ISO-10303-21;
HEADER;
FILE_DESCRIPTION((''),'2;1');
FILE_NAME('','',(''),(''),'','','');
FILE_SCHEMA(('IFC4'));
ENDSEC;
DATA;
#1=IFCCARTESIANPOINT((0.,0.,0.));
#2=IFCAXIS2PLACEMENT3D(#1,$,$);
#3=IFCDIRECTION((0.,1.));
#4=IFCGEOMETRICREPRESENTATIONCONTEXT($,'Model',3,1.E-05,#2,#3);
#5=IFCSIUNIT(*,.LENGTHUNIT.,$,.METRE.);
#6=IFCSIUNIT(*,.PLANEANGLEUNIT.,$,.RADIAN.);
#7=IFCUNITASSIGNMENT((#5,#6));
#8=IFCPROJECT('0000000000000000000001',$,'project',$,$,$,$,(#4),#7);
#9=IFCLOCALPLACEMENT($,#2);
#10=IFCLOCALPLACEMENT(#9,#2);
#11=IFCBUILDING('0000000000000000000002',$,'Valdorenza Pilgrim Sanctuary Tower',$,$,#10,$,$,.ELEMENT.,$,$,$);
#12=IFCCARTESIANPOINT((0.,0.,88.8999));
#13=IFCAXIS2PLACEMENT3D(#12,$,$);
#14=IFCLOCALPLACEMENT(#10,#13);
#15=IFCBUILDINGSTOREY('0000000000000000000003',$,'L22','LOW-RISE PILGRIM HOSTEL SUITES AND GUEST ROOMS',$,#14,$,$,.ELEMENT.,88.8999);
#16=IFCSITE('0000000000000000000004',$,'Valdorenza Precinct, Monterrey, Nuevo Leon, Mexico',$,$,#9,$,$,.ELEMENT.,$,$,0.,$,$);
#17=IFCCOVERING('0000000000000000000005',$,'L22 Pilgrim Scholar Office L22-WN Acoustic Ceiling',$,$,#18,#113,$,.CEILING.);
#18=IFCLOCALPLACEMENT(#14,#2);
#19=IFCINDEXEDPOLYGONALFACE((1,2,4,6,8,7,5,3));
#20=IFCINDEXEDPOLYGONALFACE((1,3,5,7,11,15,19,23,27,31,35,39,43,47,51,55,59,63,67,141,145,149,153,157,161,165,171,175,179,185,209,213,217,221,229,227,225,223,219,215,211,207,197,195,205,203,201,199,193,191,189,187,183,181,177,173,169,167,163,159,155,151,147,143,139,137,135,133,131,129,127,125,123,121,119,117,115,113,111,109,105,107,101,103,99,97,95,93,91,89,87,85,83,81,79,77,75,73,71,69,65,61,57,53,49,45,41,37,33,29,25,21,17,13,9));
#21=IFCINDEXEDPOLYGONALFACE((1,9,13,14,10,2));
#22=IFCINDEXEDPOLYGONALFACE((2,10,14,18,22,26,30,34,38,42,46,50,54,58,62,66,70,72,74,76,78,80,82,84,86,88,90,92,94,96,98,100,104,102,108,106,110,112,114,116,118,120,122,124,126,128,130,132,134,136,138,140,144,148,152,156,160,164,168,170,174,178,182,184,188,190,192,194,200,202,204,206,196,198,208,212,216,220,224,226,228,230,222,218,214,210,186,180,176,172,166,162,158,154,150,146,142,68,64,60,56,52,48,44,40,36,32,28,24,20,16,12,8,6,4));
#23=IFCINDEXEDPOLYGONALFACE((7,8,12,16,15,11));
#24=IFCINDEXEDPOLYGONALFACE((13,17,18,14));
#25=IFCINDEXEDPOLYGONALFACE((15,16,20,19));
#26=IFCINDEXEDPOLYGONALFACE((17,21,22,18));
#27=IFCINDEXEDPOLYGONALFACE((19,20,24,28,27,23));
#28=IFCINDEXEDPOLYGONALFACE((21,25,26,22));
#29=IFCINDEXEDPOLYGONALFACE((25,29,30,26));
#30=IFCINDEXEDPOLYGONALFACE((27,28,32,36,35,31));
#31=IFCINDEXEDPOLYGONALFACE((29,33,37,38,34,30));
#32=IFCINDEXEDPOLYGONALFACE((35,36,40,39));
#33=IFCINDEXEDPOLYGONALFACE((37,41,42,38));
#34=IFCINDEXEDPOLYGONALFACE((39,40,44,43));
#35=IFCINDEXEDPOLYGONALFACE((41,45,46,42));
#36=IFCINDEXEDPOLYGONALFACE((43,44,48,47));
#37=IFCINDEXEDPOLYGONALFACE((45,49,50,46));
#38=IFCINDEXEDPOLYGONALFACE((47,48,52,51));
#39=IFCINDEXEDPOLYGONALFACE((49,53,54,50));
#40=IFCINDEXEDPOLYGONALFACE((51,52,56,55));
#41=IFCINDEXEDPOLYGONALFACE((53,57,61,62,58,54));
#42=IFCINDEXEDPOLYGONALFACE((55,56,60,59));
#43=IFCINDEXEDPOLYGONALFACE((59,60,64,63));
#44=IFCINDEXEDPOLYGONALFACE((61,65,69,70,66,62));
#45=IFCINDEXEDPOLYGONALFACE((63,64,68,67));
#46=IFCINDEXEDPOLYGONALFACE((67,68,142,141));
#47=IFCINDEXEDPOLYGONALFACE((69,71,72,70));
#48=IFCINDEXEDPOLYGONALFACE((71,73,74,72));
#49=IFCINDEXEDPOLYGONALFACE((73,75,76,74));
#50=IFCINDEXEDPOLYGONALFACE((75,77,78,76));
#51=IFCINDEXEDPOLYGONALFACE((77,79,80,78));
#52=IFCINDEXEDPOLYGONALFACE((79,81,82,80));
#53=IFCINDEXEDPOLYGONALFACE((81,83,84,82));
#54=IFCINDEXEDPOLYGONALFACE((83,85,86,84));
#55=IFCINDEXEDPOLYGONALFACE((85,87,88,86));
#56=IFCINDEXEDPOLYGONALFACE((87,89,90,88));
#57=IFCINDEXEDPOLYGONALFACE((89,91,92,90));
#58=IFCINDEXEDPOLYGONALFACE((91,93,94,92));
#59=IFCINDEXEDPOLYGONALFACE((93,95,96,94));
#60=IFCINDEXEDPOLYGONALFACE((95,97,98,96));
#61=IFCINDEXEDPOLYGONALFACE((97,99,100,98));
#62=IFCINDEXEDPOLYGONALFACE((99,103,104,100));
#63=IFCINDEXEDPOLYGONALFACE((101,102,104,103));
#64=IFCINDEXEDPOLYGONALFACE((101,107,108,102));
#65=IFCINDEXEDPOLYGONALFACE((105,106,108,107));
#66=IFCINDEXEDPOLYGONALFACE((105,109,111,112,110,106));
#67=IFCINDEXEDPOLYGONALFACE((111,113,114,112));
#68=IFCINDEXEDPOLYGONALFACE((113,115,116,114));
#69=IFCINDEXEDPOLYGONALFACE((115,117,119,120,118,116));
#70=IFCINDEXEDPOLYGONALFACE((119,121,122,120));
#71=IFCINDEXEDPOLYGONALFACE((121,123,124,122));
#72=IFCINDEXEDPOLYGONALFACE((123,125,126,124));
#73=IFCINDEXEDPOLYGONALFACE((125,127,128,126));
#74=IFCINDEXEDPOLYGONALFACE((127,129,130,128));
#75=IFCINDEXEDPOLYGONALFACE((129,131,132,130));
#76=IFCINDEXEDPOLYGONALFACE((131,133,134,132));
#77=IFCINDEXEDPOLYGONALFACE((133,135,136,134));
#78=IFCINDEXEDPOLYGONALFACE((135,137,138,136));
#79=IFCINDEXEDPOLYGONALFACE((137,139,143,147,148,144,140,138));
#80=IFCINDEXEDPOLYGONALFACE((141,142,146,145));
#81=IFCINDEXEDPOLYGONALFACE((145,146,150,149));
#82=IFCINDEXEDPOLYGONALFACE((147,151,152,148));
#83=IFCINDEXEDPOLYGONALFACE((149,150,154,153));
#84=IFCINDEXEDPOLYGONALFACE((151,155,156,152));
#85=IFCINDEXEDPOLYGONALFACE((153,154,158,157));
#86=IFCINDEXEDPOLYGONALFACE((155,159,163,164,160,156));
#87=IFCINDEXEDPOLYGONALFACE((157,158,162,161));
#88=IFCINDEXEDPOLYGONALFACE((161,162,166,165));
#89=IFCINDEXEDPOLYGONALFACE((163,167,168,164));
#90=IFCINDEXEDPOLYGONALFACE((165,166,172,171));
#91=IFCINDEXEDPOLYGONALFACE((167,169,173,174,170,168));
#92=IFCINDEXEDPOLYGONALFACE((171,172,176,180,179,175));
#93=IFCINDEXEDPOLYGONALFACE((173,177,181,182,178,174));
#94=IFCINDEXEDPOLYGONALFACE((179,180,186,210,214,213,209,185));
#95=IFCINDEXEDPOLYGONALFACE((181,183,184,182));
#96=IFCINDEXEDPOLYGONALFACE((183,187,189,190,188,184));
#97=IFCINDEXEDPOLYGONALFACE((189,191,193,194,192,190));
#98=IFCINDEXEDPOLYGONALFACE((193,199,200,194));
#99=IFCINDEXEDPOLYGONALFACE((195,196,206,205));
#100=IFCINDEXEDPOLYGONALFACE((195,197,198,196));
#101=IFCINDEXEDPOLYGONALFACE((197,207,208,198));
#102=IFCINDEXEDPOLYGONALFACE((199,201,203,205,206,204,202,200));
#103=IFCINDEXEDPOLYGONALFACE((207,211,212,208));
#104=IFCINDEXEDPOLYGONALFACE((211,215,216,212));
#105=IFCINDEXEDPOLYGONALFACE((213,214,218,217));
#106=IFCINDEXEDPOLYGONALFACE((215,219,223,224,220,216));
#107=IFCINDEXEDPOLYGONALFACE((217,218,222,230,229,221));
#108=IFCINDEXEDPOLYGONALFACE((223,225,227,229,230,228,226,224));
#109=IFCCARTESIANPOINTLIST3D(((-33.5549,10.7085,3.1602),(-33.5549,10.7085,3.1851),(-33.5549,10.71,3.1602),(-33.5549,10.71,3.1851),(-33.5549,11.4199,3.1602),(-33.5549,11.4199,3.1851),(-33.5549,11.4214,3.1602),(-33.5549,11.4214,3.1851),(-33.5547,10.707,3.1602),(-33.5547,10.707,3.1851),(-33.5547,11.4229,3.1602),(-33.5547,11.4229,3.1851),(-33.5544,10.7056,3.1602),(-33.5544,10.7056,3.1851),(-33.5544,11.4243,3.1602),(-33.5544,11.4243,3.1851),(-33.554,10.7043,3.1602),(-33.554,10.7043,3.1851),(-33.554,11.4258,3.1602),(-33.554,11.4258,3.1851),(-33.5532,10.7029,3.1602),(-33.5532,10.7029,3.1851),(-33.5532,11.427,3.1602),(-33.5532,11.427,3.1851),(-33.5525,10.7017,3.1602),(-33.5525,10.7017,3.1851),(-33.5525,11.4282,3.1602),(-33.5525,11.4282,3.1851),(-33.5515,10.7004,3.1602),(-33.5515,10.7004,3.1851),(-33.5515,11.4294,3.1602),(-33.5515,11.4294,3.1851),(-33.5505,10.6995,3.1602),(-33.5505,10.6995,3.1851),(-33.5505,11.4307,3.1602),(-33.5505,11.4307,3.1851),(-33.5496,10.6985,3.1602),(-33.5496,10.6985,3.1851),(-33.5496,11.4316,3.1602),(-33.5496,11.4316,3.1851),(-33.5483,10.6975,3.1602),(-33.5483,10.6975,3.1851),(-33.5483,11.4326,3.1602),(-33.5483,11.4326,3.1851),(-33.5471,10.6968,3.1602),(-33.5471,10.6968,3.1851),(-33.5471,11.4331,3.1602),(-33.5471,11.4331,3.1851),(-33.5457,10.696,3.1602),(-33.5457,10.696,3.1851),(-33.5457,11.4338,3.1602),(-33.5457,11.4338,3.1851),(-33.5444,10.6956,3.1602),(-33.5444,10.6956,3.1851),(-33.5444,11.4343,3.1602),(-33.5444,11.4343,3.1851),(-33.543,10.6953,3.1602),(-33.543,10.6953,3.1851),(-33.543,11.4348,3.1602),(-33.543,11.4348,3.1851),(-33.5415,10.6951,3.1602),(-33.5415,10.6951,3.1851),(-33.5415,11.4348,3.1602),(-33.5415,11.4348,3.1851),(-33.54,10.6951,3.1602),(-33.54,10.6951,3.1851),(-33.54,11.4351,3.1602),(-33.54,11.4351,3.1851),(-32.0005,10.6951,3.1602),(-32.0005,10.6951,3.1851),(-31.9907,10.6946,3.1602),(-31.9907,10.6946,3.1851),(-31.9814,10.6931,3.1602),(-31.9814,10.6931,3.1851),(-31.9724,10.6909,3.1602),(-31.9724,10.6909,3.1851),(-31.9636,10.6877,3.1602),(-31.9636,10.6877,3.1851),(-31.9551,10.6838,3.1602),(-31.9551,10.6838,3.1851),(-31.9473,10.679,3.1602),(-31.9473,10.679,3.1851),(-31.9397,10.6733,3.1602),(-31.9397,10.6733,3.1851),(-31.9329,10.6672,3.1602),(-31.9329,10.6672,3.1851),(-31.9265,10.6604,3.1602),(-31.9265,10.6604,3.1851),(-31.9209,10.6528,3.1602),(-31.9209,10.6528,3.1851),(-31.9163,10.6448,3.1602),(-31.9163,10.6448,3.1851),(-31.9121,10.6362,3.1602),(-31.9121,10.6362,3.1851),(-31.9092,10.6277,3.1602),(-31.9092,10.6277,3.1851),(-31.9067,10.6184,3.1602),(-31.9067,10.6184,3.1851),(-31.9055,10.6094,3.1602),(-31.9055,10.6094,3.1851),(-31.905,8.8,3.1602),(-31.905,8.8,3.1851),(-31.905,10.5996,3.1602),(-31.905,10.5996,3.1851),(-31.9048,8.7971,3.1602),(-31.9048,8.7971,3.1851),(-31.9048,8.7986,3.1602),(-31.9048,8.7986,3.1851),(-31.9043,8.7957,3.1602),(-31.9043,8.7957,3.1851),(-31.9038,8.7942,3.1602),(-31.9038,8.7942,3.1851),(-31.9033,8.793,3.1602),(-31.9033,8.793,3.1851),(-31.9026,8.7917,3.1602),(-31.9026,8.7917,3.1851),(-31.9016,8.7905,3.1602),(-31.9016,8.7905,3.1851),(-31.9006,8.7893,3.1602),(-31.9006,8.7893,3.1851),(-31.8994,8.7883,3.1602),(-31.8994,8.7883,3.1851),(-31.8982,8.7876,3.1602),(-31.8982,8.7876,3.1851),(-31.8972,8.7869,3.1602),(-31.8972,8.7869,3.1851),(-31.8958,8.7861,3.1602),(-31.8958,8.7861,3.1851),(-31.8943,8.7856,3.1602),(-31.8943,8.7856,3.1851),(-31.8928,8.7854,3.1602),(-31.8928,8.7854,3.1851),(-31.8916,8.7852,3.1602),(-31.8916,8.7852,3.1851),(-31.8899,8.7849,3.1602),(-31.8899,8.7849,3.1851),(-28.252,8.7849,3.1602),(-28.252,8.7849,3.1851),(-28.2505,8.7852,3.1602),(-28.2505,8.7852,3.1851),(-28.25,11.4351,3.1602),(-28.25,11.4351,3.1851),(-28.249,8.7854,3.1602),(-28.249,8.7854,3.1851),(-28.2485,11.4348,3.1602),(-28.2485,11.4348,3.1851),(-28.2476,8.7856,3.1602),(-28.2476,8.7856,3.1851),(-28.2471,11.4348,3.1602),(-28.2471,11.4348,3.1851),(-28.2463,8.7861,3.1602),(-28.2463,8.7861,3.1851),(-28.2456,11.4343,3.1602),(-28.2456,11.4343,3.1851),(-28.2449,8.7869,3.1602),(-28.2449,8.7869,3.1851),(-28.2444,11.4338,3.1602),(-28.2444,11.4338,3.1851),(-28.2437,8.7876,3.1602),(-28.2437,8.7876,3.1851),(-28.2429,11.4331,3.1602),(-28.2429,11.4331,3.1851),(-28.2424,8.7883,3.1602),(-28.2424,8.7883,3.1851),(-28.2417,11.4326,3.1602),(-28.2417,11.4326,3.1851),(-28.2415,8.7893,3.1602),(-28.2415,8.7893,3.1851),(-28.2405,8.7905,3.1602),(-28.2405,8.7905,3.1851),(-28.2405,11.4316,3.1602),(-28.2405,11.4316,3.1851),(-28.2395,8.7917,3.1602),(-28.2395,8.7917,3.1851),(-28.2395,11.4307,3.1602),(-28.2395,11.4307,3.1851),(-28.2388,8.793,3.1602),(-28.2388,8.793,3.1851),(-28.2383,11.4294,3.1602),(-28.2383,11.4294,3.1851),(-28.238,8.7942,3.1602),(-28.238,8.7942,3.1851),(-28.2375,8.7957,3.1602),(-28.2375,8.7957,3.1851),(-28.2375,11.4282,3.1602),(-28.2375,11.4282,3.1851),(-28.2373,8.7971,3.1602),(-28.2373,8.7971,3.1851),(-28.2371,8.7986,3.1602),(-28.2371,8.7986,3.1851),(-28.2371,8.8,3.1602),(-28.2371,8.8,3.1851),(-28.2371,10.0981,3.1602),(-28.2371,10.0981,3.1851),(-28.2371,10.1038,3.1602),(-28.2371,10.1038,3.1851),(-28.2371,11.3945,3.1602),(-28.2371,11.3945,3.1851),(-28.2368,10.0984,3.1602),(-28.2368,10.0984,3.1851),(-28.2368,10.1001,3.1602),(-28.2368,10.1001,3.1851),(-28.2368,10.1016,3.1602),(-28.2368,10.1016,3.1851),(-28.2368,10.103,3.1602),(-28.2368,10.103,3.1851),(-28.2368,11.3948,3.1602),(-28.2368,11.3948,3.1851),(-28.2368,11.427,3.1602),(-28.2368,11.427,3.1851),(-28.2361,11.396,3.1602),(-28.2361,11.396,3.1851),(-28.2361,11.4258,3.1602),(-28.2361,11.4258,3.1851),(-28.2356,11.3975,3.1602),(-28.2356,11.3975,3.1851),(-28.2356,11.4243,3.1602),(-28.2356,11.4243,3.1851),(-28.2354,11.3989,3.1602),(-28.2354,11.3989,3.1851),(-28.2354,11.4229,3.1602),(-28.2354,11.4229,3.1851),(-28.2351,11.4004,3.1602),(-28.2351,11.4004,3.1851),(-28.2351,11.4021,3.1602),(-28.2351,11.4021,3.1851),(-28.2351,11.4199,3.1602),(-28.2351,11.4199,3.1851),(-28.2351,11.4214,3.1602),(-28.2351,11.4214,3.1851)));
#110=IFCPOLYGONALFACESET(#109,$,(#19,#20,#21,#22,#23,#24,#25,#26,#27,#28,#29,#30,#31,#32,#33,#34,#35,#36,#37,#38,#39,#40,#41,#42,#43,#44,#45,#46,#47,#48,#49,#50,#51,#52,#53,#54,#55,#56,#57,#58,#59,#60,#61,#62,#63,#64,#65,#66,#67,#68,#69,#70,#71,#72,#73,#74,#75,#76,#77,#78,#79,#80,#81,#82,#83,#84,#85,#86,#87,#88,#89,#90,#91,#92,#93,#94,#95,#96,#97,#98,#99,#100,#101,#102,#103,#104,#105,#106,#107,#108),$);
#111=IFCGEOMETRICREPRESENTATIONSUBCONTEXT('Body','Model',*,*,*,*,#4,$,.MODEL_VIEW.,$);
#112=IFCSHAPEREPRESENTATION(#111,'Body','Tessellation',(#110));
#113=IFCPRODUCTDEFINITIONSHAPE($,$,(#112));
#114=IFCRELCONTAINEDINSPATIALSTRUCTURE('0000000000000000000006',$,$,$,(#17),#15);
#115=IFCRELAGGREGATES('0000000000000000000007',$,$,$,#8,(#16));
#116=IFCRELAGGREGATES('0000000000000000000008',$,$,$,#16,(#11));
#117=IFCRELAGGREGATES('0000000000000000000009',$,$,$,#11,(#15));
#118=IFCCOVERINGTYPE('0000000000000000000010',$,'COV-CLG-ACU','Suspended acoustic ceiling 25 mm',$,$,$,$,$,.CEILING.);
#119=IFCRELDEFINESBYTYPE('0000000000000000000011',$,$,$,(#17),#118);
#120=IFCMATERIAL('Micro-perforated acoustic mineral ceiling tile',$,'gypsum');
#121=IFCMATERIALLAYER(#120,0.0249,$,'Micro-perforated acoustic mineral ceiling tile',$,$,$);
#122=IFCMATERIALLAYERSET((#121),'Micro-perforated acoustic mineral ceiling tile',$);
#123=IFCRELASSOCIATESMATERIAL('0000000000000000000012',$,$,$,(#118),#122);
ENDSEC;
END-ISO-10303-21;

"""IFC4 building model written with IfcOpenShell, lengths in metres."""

from ifc_helpers import new_model, si_unit, direction, frame, origin, place, context, subcontext, project, spatial, polyline, outline, extrude, material, layer, layer_set, type_object, element, save


model = new_model("IFC4")

# Units and contexts
model_context = context("Model", 3, precision=1e-05, world=origin(), true_north=direction((0.0, 1.0)))
body_context = subcontext(model_context, "Body", "Model", "MODEL_VIEW")
ifc_project = project(units=[si_unit("LENGTHUNIT", "METRE"), si_unit("PLANEANGLEUNIT", "RADIAN")], contexts=[model_context])

# Site, building, storey
site_placement = place(None, origin())
site = spatial("IfcSite", under=ifc_project, at=site_placement, Name="Valdorenza Precinct, Monterrey, Nuevo Leon, Mexico", CompositionType="ELEMENT", RefElevation=0.0)
building_placement = place(site_placement, origin())
building = spatial("IfcBuilding", under=site, at=building_placement, Name="Valdorenza Pilgrim Sanctuary Tower", CompositionType="ELEMENT")
storey_placement = place(building_placement, frame((0.0, 0.0, 88.8999)))
storey = spatial("IfcBuildingStorey", under=building, at=storey_placement, Name="L22", Description="LOW-RISE PILGRIM HOSTEL SUITES AND GUEST ROOMS", CompositionType="ELEMENT", Elevation=88.8999)

# Covering
ifc_material_1 = material(Name="Micro-perforated acoustic mineral ceiling tile", Category="gypsum")
ifc_layer_1 = layer(ifc_material_1, 0.0249, Name="Micro-perforated acoustic mineral ceiling tile")
ifc_layer_set_1 = layer_set([ifc_layer_1], Name="Micro-perforated acoustic mineral ceiling tile")
covering_type_1 = type_object("IfcCoveringType", Name="COV-CLG-ACU", Description="Suspended acoustic ceiling 25 mm", PredefinedType="CEILING", material=ifc_layer_set_1)
covering_1_placement = place(storey_placement, frame((0.0, 0.0, 3.1602)))
element("IfcCovering", 1, at=covering_1_placement, inside=storey, type_object=covering_type_1, Name="L22 Pilgrim Scholar Office L22-WN Acoustic Ceiling", PredefinedType="CEILING", context=body_context, shape_type="SweptSolid", body=[
    extrude(outline(polyline([(-28.2371, 11.3945), (-28.2371, 10.1038), (-28.2368, 10.103), (-28.2368, 10.1016), (-28.2368, 10.1001), (-28.2368, 10.0984), (-28.2371, 10.0981), (-28.2371, 8.8), (-28.2371, 8.7986), (-28.2373, 8.7971), (-28.2375, 8.7957), (-28.238, 8.7942), (-28.2388, 8.793), (-28.2395, 8.7917), (-28.2405, 8.7905), (-28.2415, 8.7893), (-28.2424, 8.7883), (-28.2437, 8.7876), (-28.2449, 8.7869), (-28.2463, 8.7861), (-28.2476, 8.7856), (-28.249, 8.7854), (-28.2505, 8.7852), (-28.252, 8.7849), (-31.8899, 8.7849), (-31.8916, 8.7852), (-31.8928, 8.7854), (-31.8943, 8.7856), (-31.8958, 8.7861), (-31.8972, 8.7869), (-31.8982, 8.7876), (-31.8994, 8.7883), (-31.9006, 8.7893), (-31.9016, 8.7905), (-31.9026, 8.7917), (-31.9033, 8.793), (-31.9038, 8.7942), (-31.9043, 8.7957), (-31.9048, 8.7971), (-31.9048, 8.7986), (-31.905, 8.8), (-31.905, 10.5996), (-31.9055, 10.6094), (-31.9067, 10.6184), (-31.9092, 10.6277), (-31.9121, 10.6362), (-31.9163, 10.6448), (-31.9209, 10.6528), (-31.9265, 10.6604), (-31.9329, 10.6672), (-31.9397, 10.6733), (-31.9473, 10.679), (-31.9551, 10.6838), (-31.9636, 10.6877), (-31.9724, 10.6909), (-31.9814, 10.6931), (-31.9907, 10.6946), (-32.0005, 10.6951), (-33.54, 10.6951), (-33.5415, 10.6951), (-33.543, 10.6953), (-33.5444, 10.6956), (-33.5457, 10.696), (-33.5471, 10.6968), (-33.5483, 10.6975), (-33.5496, 10.6985), (-33.5505, 10.6995), (-33.5515, 10.7004), (-33.5525, 10.7017), (-33.5532, 10.7029), (-33.554, 10.7043), (-33.5544, 10.7056), (-33.5547, 10.707), (-33.5549, 10.7085), (-33.5549, 10.71), (-33.5549, 11.4199), (-33.5549, 11.4214), (-33.5547, 11.4229), (-33.5544, 11.4243), (-33.554, 11.4258), (-33.5532, 11.427), (-33.5525, 11.4282), (-33.5515, 11.4294), (-33.5505, 11.4307), (-33.5496, 11.4316), (-33.5483, 11.4326), (-33.5471, 11.4331), (-33.5457, 11.4338), (-33.5444, 11.4343), (-33.543, 11.4348), (-33.5415, 11.4348), (-33.54, 11.4351), (-28.25, 11.4351), (-28.2485, 11.4348), (-28.2471, 11.4348), (-28.2456, 11.4343), (-28.2444, 11.4338), (-28.2429, 11.4331), (-28.2417, 11.4326), (-28.2405, 11.4316), (-28.2395, 11.4307), (-28.2383, 11.4294), (-28.2375, 11.4282), (-28.2368, 11.427), (-28.2361, 11.4258), (-28.2356, 11.4243), (-28.2354, 11.4229), (-28.2351, 11.4214), (-28.2351, 11.4199), (-28.2351, 11.4021), (-28.2351, 11.4004), (-28.2354, 11.3989), (-28.2356, 11.3975), (-28.2361, 11.396), (-28.2368, 11.3948), (-28.2371, 11.3945)])), origin(), (0.0, 0.0, 1.0), 0.0249),
])

save(model, "model.ifc")
